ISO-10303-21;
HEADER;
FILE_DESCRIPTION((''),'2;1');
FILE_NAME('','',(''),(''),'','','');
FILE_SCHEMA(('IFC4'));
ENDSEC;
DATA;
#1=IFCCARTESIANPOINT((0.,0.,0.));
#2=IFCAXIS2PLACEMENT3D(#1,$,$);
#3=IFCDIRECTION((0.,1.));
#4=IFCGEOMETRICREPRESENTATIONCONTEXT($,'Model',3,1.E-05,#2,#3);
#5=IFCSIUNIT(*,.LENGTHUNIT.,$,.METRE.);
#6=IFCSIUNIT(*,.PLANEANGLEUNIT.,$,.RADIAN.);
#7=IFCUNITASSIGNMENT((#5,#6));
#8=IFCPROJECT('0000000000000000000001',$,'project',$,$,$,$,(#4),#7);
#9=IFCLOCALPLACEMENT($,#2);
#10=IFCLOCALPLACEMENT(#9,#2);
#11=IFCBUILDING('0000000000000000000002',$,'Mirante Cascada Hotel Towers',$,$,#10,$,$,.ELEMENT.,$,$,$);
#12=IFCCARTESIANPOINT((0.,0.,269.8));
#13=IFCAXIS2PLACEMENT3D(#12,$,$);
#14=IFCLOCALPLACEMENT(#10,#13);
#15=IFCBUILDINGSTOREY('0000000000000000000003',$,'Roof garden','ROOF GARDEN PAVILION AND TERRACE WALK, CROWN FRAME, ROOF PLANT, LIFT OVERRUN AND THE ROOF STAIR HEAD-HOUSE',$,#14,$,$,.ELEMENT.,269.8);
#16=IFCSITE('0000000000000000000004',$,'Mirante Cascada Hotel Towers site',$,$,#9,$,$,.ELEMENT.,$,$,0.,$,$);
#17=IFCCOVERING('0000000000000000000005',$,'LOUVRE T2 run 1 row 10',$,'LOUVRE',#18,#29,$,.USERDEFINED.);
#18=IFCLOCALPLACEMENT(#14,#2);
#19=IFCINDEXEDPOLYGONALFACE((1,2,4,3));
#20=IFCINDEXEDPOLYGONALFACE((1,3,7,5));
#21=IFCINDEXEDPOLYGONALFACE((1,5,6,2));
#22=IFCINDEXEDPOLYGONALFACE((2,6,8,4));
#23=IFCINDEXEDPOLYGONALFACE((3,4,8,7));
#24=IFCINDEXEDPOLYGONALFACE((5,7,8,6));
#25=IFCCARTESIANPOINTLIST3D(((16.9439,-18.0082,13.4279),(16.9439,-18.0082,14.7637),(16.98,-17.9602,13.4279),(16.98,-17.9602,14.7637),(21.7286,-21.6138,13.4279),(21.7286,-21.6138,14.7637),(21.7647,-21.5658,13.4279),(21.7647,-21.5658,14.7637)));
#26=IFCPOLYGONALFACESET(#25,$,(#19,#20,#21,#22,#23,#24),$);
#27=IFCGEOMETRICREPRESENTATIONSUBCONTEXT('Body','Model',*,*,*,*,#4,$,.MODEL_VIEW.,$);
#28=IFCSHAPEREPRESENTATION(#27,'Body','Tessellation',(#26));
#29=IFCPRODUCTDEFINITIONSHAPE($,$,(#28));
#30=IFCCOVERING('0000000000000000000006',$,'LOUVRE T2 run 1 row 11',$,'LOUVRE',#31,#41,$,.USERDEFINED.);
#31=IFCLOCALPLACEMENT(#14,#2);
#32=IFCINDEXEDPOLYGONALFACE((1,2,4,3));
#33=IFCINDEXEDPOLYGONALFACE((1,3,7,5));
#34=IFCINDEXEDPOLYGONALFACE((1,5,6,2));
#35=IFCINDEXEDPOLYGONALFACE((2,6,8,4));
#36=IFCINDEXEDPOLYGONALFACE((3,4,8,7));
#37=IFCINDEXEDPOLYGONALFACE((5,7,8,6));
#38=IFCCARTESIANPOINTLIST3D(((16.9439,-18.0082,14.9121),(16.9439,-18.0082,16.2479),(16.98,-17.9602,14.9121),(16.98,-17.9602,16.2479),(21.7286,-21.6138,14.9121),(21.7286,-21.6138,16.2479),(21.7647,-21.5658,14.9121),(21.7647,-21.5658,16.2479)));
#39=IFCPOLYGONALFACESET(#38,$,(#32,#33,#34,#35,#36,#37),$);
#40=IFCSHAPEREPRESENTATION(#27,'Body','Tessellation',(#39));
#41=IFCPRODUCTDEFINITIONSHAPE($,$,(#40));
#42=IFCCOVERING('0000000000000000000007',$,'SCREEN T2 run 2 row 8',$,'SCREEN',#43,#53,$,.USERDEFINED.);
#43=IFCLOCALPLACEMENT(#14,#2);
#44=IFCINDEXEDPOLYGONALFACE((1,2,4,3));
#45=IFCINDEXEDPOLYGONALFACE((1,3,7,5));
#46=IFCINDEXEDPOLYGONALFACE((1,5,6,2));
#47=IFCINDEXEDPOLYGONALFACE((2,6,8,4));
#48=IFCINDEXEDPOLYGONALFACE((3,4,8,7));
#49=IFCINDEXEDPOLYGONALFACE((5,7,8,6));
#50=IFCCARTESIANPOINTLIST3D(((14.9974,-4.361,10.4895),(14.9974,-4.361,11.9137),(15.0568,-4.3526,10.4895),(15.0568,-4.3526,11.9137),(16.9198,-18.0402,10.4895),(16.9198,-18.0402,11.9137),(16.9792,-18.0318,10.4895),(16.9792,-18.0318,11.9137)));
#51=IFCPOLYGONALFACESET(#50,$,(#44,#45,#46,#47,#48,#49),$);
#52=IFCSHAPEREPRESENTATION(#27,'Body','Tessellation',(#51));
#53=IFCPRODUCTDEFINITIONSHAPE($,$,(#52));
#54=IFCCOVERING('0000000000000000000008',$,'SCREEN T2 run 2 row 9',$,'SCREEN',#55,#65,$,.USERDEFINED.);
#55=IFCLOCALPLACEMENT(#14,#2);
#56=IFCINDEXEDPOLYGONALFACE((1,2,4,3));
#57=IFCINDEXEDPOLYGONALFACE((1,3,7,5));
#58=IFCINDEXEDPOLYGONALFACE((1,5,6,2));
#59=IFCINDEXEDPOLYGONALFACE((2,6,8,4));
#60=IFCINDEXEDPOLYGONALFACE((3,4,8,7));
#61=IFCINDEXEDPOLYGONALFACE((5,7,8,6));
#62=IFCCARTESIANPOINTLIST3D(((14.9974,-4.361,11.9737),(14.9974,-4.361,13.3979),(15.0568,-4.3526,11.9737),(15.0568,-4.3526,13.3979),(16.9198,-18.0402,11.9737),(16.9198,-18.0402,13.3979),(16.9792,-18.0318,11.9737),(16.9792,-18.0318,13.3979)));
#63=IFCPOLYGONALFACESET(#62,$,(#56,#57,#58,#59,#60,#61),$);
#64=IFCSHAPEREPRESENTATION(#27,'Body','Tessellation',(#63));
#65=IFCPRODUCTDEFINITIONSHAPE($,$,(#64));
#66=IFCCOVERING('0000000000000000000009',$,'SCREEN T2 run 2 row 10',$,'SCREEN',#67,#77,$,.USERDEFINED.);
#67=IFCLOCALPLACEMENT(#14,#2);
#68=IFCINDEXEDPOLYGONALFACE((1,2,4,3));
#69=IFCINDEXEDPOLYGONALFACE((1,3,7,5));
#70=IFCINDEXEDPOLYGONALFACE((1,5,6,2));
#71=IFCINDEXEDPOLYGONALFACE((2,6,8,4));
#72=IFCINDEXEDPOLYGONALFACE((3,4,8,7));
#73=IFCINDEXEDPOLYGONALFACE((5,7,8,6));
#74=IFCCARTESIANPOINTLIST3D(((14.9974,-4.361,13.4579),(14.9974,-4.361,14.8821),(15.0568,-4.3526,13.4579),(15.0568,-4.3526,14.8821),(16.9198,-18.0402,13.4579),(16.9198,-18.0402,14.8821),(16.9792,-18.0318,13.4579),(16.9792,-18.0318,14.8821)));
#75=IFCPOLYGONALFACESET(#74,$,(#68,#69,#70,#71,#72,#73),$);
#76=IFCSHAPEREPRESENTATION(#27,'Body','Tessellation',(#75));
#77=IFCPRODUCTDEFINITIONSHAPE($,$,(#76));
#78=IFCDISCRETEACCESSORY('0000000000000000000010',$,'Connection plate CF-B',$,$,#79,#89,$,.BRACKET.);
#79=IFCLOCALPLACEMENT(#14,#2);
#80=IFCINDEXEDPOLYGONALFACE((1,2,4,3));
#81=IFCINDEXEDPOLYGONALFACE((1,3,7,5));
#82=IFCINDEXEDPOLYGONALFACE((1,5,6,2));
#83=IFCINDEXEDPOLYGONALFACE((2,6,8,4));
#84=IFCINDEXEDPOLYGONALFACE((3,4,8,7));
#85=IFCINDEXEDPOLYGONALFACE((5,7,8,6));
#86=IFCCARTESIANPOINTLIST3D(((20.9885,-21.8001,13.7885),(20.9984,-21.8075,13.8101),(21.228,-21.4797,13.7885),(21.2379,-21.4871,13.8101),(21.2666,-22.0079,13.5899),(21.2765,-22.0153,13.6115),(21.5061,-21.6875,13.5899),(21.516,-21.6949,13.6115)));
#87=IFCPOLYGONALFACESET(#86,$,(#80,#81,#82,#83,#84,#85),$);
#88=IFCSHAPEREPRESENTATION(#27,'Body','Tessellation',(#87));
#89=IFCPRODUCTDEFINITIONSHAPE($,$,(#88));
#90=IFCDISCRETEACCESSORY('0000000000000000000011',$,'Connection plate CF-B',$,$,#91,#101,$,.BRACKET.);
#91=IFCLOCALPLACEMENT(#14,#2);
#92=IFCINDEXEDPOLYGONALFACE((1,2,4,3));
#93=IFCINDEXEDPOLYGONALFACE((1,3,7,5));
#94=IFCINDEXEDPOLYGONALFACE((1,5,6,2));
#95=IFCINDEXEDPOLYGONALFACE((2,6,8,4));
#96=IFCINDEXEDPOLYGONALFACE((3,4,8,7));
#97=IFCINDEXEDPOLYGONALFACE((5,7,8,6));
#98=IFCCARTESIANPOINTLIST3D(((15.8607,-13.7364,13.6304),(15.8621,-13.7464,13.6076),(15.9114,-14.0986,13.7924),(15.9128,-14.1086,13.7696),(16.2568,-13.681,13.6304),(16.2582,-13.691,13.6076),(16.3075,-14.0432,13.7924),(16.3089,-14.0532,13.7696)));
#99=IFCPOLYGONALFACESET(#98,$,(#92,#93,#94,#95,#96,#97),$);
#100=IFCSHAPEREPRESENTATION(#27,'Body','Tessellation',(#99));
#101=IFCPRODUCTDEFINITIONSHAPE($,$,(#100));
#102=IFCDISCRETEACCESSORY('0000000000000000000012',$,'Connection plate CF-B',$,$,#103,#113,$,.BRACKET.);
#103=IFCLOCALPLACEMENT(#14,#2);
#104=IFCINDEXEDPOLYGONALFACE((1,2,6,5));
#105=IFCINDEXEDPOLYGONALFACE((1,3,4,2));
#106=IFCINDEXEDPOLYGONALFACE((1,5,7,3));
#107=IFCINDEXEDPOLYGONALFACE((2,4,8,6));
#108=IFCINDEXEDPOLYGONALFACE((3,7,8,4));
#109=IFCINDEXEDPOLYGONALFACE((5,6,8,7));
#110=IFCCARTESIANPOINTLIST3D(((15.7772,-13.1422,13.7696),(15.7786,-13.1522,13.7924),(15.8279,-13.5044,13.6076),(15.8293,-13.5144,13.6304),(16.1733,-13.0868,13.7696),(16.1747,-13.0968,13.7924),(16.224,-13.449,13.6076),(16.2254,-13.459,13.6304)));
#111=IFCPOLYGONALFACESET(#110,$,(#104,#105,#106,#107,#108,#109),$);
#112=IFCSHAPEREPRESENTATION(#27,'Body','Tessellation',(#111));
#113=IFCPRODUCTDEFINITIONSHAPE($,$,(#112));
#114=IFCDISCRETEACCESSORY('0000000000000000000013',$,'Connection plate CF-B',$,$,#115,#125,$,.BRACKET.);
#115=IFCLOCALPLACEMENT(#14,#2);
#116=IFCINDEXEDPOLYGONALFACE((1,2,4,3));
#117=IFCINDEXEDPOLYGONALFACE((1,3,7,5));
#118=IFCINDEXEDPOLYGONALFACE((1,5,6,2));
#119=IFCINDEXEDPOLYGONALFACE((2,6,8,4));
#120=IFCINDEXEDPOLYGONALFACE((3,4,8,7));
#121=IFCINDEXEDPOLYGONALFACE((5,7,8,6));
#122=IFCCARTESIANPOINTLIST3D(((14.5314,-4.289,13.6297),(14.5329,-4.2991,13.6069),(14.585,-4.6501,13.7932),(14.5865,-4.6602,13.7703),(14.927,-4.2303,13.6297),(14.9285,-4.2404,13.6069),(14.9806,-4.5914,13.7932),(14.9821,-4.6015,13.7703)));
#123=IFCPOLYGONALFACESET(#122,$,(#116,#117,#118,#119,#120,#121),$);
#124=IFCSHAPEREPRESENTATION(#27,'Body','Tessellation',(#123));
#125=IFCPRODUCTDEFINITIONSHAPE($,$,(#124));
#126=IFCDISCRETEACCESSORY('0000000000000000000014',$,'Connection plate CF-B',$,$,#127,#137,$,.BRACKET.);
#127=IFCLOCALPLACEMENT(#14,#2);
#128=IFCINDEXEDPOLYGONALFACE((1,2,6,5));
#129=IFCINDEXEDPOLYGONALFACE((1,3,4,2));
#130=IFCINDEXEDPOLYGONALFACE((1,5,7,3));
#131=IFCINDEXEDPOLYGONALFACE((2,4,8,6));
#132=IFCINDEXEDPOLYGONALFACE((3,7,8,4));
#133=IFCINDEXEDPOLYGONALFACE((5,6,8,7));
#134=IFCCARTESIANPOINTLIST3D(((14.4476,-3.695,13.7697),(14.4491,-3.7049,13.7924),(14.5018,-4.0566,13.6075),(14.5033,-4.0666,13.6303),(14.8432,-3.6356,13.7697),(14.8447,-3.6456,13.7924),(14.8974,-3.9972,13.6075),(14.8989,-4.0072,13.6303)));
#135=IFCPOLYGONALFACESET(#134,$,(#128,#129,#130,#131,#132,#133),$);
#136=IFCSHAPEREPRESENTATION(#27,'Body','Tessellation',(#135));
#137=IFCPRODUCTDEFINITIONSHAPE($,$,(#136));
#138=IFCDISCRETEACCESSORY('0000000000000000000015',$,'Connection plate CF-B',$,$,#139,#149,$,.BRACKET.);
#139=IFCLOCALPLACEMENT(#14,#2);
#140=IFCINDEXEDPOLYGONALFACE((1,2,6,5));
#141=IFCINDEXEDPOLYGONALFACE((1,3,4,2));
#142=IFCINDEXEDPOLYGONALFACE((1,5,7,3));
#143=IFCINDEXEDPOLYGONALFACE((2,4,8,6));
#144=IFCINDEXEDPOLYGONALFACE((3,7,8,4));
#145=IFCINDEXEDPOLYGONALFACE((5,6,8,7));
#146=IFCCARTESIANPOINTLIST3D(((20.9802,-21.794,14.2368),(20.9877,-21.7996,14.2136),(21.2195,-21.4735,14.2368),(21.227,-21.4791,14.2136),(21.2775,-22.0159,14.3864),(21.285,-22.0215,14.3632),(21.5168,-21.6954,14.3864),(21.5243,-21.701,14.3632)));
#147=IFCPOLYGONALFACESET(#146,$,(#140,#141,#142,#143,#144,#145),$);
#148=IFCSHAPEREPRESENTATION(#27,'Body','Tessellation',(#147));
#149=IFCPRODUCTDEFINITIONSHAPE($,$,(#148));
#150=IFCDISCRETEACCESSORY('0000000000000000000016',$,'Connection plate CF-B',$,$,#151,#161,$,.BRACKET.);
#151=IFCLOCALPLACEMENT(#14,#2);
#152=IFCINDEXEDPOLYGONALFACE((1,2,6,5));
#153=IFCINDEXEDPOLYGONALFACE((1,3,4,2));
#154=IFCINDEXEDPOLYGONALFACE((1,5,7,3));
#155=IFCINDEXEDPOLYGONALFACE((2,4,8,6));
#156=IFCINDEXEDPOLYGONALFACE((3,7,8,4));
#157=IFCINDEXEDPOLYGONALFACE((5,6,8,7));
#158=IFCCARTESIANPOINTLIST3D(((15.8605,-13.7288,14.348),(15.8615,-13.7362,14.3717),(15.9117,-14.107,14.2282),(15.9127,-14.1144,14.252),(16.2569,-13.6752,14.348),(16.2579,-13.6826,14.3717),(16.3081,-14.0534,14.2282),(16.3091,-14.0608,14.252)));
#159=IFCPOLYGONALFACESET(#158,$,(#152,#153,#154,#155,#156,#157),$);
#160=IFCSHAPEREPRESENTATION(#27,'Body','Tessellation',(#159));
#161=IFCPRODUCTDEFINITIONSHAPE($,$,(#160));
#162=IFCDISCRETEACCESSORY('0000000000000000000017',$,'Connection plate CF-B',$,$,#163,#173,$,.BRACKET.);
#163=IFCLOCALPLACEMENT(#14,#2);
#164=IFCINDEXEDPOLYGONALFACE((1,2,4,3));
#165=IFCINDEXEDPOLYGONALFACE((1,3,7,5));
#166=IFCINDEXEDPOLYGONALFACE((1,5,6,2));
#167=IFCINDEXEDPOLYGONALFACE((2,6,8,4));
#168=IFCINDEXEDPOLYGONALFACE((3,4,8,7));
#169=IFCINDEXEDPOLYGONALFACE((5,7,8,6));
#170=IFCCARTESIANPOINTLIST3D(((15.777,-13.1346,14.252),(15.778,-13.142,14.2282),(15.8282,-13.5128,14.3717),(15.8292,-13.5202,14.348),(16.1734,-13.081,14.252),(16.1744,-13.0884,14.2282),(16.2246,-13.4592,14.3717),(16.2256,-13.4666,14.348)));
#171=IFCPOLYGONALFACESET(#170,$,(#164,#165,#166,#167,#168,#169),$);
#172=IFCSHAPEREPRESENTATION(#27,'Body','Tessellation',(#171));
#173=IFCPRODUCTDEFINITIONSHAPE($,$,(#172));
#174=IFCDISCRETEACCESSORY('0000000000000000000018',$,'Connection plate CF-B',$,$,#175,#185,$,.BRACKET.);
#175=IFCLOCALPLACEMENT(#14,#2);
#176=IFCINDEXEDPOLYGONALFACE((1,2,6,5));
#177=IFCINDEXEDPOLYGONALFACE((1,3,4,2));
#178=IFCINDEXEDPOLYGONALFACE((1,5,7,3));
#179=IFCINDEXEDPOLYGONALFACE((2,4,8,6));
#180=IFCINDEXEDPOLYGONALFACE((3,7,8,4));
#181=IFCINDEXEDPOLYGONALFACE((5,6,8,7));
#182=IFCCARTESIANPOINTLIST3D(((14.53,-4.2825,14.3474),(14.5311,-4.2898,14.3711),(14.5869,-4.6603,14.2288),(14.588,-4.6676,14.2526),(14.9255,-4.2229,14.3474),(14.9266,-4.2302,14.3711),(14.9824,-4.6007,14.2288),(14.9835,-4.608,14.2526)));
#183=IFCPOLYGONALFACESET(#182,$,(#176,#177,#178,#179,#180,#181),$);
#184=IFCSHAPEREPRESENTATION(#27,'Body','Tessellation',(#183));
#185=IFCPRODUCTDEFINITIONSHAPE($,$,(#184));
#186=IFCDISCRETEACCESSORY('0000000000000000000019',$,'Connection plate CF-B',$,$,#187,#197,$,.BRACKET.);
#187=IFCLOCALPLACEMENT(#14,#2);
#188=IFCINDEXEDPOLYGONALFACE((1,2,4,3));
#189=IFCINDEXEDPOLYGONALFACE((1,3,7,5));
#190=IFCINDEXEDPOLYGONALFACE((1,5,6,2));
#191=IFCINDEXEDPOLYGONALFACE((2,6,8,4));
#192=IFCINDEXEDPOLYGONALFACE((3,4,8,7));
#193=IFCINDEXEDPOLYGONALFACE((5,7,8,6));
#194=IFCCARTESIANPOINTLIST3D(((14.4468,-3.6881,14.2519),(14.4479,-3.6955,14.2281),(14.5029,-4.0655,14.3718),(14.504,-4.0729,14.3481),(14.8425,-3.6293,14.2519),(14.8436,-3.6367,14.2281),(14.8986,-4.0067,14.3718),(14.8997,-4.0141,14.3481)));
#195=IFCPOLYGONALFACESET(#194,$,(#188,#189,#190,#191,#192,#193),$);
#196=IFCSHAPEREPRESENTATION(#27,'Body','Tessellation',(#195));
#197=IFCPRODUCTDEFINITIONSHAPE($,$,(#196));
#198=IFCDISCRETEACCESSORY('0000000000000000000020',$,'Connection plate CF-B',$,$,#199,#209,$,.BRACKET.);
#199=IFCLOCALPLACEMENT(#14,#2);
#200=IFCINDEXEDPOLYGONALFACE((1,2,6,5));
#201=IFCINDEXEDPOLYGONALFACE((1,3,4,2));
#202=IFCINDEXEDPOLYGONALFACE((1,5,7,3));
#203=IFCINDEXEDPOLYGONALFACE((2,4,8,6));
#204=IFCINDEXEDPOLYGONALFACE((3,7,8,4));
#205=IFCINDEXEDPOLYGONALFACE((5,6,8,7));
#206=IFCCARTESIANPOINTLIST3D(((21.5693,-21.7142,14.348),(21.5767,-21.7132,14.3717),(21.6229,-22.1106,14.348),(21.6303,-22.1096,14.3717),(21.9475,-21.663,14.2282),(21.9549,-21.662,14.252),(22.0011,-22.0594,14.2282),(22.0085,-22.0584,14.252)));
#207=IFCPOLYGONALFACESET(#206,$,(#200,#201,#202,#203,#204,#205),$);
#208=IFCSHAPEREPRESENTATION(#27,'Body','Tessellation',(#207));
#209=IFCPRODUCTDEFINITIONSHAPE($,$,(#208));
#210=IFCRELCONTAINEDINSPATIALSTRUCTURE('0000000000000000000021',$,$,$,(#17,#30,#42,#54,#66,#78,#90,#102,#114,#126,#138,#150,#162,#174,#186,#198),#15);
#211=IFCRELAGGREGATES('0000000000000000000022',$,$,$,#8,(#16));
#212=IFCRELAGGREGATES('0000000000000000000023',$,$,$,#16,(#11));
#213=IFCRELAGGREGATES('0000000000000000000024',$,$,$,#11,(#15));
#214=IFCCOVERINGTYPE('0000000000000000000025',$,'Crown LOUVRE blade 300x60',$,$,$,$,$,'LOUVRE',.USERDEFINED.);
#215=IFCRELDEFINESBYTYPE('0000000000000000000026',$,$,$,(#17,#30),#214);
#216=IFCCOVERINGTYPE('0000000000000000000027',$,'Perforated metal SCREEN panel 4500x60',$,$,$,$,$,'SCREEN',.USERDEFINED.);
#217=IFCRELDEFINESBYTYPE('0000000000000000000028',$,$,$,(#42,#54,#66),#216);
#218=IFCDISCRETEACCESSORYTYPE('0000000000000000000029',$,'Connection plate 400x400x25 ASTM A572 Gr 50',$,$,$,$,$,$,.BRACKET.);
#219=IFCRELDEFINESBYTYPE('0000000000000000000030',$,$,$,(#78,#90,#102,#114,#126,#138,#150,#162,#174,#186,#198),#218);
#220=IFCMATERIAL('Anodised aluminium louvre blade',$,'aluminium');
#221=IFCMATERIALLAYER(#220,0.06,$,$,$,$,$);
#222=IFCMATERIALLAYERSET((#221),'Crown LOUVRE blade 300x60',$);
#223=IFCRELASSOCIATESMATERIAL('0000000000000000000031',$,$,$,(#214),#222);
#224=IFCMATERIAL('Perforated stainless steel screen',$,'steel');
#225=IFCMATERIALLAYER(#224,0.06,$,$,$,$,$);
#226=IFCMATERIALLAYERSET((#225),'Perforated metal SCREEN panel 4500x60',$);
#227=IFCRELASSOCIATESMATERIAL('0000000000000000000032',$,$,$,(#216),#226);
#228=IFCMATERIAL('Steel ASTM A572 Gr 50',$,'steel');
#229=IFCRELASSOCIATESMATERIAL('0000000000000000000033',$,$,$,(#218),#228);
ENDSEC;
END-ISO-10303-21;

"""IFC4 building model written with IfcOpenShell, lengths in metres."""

from ifc_helpers import new_model, si_unit, direction, frame, origin, origin_2d, place, context, subcontext, project, spatial, rectangle, extrude, material, layer, layer_set, material_profile, profile_set, type_object, element, save


model = new_model("IFC4")

# Units and contexts
model_context = context("Model", 3, precision=1e-05, world=origin(), true_north=direction((0.0, 1.0)))
body_context = subcontext(model_context, "Body", "Model", "MODEL_VIEW")
ifc_project = project(units=[si_unit("LENGTHUNIT", "METRE"), si_unit("PLANEANGLEUNIT", "RADIAN")], contexts=[model_context])

# Site, building, storey
site_placement = place(None, origin())
site = spatial("IfcSite", under=ifc_project, at=site_placement, Name="Mirante Cascada Hotel Towers site", CompositionType="ELEMENT", RefElevation=0.0)
building_placement = place(site_placement, origin())
building = spatial("IfcBuilding", under=site, at=building_placement, Name="Mirante Cascada Hotel Towers", CompositionType="ELEMENT")
storey_placement = place(building_placement, frame((0.0, 0.0, 269.8)))
storey = spatial("IfcBuildingStorey", under=building, at=storey_placement, Name="Roof garden", Description="ROOF GARDEN PAVILION AND TERRACE WALK, CROWN FRAME, ROOF PLANT, LIFT OVERRUN AND THE ROOF STAIR HEAD-HOUSE", CompositionType="ELEMENT", Elevation=269.8)

# Coverings
ifc_material_1 = material(Name="Anodised aluminium louvre blade", Category="aluminium")
ifc_layer_1 = layer(ifc_material_1, 0.06)
ifc_layer_set_1 = layer_set([ifc_layer_1], Name="Crown LOUVRE blade 300x60")
covering_type_1 = type_object("IfcCoveringType", Name="Crown LOUVRE blade 300x60", ElementType="LOUVRE", PredefinedType="USERDEFINED", material=ifc_layer_set_1)
for number, where, z_axis, x_axis, name in (
    (1, (19.3543, -19.787, 13.4279), (0.0, 0.0, 1.0), (-0.798636, 0.601815, 0.0), "LOUVRE T2 run 1 row 10"),
    (2, (19.3543, -19.787, 14.9121), (0.0, 0.0, 1.0), (-0.798636, 0.601815, 0.0), "LOUVRE T2 run 1 row 11"),
):
    element("IfcCovering", number, at=place(storey_placement, frame(where, z_axis=z_axis, x_axis=x_axis)), inside=storey, type_object=covering_type_1, Name=name, ObjectType="LOUVRE", PredefinedType="USERDEFINED", context=body_context, shape_type="SweptSolid", body=[
        extrude(rectangle(XDim=5.9912, YDim=0.06, at=origin_2d()), origin(), (0.0, 0.0, 1.0), 1.3358),
    ])
ifc_material_2 = material(Name="Perforated stainless steel screen", Category="steel")
ifc_layer_2 = layer(ifc_material_2, 0.06)
ifc_layer_set_2 = layer_set([ifc_layer_2], Name="Perforated metal SCREEN panel 4500x60")
covering_type_2 = type_object("IfcCoveringType", Name="Perforated metal SCREEN panel 4500x60", ElementType="SCREEN", PredefinedType="USERDEFINED", material=ifc_layer_set_2)
for number, where, z_axis, x_axis, name in (
    (3, (15.9883, -11.1964, 10.4895), (0.0, 0.0, 1.0), (-0.139173, 0.990268, 0.0), "SCREEN T2 run 2 row 8"),
    (4, (15.9883, -11.1964, 11.9737), (0.0, 0.0, 1.0), (-0.139173, 0.990268, 0.0), "SCREEN T2 run 2 row 9"),
    (5, (15.9883, -11.1964, 13.4579), (0.0, 0.0, 1.0), (-0.139173, 0.990268, 0.0), "SCREEN T2 run 2 row 10"),
):
    element("IfcCovering", number, at=place(storey_placement, frame(where, z_axis=z_axis, x_axis=x_axis)), inside=storey, type_object=covering_type_2, Name=name, ObjectType="SCREEN", PredefinedType="USERDEFINED", context=body_context, shape_type="SweptSolid", body=[
        extrude(rectangle(XDim=13.8136, YDim=0.06, at=origin_2d()), origin(), (0.0, 0.0, 1.0), 1.4242),
    ])

# Discrete accessories
ifc_material_3 = material(Name="Steel ASTM A572 Gr 50", Category="steel")
ifc_material_profile_1 = material_profile(ifc_material_3, rectangle(XDim=0.4, YDim=0.4, at=origin_2d()), Name="Connection plate 400x400x25 ASTM A572 Gr 50")
ifc_profile_set_1 = profile_set([ifc_material_profile_1], Name="Steel ASTM A572 Gr 50")
discrete_accessory_type = type_object("IfcDiscreteAccessoryType", Name="Connection plate 400x400x25 ASTM A572 Gr 50", PredefinedType="BRACKET", material=ifc_profile_set_1)
for number, where, z_axis, x_axis, name in (
    (6, (21.2473, -21.7438, 13.6892), (0.397809, -0.297352, 0.867946), (0.598705, 0.80097, 0.0), "Connection plate CF-B"),
    (7, (16.0855, -13.8998, 13.6886), (-0.056144, 0.401028, 0.914344), (-0.990342, -0.138648, 0.0), "Connection plate CF-B"),
    (8, (16.0006, -13.2956, 13.6886), (0.056144, -0.401028, 0.914344), (0.990342, 0.138648, 0.0), "Connection plate CF-B"),
):
    element("IfcDiscreteAccessory", number, at=place(storey_placement, frame(where, z_axis=z_axis, x_axis=x_axis)), inside=storey, type_object=discrete_accessory_type, Name=name, PredefinedType="BRACKET", context=body_context, shape_type="SweptSolid", body=[
        extrude(rectangle(XDim=0.4, YDim=0.4, at=origin_2d()), origin(), (0.0, 0.0, 1.0), 0.0249),
    ])
discrete_accessory_1_placement = place(storey_placement, frame((14.7575, -4.4503, 13.6886), z_axis=(-0.060043, 0.404291, 0.912657), x_axis=(-0.989151, -0.146904, 0.0)))
element("IfcDiscreteAccessory", 9, at=discrete_accessory_1_placement, inside=storey, type_object=discrete_accessory_type, Name="Connection plate CF-B", PredefinedType="BRACKET", context=body_context, shape_type="SweptSolid", body=[
    extrude(rectangle(XDim=0.4, YDim=0.4, at=origin_2d()), origin(), (0.0, 0.0, 1.0), 0.025),
])
discrete_accessory_2_placement = place(storey_placement, frame((14.6725, -3.8461, 13.6886), z_axis=(0.06014, -0.400935, 0.914131), x_axis=(0.988936, 0.14834, 0.0)))
element("IfcDiscreteAccessory", 10, at=discrete_accessory_2_placement, inside=storey, type_object=discrete_accessory_type, Name="Connection plate CF-B", PredefinedType="BRACKET", context=body_context, shape_type="SweptSolid", body=[
    extrude(rectangle(XDim=0.4, YDim=0.4, at=origin_2d()), origin(), (0.0, 0.0, 1.0), 0.0249),
])
discrete_accessory_3_placement = place(storey_placement, frame((21.256, -21.7503, 14.2884), z_axis=(-0.299796, 0.223848, 0.92737), x_axis=(-0.598289, -0.80128, 0.0)))
element("IfcDiscreteAccessory", 11, at=discrete_accessory_3_placement, inside=storey, type_object=discrete_accessory_type, Name="Connection plate CF-B", PredefinedType="BRACKET", context=body_context, shape_type="SweptSolid", body=[
    extrude(rectangle(XDim=0.4, YDim=0.4, at=origin_2d()), origin(), (0.0, 0.0, 1.0), 0.025),
])
for number, where, z_axis, x_axis, name in (
    (12, (16.0843, -13.8911, 14.2881), (0.04009, -0.296665, 0.95414), (0.990992, 0.133918, 0.0), "Connection plate CF-B"),
    (13, (16.0018, -13.3043, 14.2881), (-0.04009, 0.296665, 0.95414), (-0.990992, -0.133918, 0.0), "Connection plate CF-B"),
    (14, (14.7562, -4.4416, 14.2881), (0.044144, -0.292953, 0.955107), (0.988837, 0.149003, 0.0), "Connection plate CF-B"),
    (15, (14.6738, -3.8548, 14.2881), (-0.044091, 0.296615, 0.953979), (-0.989132, -0.147033, 0.0), "Connection plate CF-B"),
    (16, (21.7852, -21.8868, 14.2881), (0.296665, 0.04009, 0.95414), (-0.133918, 0.990992, 0.0), "Connection plate CF-B"),
):
    element("IfcDiscreteAccessory", number, at=place(storey_placement, frame(where, z_axis=z_axis, x_axis=x_axis)), inside=storey, type_object=discrete_accessory_type, Name=name, PredefinedType="BRACKET", context=body_context, shape_type="SweptSolid", body=[
        extrude(rectangle(XDim=0.4, YDim=0.4, at=origin_2d()), origin(), (0.0, 0.0, 1.0), 0.0249),
    ])

save(model, "model.ifc")
